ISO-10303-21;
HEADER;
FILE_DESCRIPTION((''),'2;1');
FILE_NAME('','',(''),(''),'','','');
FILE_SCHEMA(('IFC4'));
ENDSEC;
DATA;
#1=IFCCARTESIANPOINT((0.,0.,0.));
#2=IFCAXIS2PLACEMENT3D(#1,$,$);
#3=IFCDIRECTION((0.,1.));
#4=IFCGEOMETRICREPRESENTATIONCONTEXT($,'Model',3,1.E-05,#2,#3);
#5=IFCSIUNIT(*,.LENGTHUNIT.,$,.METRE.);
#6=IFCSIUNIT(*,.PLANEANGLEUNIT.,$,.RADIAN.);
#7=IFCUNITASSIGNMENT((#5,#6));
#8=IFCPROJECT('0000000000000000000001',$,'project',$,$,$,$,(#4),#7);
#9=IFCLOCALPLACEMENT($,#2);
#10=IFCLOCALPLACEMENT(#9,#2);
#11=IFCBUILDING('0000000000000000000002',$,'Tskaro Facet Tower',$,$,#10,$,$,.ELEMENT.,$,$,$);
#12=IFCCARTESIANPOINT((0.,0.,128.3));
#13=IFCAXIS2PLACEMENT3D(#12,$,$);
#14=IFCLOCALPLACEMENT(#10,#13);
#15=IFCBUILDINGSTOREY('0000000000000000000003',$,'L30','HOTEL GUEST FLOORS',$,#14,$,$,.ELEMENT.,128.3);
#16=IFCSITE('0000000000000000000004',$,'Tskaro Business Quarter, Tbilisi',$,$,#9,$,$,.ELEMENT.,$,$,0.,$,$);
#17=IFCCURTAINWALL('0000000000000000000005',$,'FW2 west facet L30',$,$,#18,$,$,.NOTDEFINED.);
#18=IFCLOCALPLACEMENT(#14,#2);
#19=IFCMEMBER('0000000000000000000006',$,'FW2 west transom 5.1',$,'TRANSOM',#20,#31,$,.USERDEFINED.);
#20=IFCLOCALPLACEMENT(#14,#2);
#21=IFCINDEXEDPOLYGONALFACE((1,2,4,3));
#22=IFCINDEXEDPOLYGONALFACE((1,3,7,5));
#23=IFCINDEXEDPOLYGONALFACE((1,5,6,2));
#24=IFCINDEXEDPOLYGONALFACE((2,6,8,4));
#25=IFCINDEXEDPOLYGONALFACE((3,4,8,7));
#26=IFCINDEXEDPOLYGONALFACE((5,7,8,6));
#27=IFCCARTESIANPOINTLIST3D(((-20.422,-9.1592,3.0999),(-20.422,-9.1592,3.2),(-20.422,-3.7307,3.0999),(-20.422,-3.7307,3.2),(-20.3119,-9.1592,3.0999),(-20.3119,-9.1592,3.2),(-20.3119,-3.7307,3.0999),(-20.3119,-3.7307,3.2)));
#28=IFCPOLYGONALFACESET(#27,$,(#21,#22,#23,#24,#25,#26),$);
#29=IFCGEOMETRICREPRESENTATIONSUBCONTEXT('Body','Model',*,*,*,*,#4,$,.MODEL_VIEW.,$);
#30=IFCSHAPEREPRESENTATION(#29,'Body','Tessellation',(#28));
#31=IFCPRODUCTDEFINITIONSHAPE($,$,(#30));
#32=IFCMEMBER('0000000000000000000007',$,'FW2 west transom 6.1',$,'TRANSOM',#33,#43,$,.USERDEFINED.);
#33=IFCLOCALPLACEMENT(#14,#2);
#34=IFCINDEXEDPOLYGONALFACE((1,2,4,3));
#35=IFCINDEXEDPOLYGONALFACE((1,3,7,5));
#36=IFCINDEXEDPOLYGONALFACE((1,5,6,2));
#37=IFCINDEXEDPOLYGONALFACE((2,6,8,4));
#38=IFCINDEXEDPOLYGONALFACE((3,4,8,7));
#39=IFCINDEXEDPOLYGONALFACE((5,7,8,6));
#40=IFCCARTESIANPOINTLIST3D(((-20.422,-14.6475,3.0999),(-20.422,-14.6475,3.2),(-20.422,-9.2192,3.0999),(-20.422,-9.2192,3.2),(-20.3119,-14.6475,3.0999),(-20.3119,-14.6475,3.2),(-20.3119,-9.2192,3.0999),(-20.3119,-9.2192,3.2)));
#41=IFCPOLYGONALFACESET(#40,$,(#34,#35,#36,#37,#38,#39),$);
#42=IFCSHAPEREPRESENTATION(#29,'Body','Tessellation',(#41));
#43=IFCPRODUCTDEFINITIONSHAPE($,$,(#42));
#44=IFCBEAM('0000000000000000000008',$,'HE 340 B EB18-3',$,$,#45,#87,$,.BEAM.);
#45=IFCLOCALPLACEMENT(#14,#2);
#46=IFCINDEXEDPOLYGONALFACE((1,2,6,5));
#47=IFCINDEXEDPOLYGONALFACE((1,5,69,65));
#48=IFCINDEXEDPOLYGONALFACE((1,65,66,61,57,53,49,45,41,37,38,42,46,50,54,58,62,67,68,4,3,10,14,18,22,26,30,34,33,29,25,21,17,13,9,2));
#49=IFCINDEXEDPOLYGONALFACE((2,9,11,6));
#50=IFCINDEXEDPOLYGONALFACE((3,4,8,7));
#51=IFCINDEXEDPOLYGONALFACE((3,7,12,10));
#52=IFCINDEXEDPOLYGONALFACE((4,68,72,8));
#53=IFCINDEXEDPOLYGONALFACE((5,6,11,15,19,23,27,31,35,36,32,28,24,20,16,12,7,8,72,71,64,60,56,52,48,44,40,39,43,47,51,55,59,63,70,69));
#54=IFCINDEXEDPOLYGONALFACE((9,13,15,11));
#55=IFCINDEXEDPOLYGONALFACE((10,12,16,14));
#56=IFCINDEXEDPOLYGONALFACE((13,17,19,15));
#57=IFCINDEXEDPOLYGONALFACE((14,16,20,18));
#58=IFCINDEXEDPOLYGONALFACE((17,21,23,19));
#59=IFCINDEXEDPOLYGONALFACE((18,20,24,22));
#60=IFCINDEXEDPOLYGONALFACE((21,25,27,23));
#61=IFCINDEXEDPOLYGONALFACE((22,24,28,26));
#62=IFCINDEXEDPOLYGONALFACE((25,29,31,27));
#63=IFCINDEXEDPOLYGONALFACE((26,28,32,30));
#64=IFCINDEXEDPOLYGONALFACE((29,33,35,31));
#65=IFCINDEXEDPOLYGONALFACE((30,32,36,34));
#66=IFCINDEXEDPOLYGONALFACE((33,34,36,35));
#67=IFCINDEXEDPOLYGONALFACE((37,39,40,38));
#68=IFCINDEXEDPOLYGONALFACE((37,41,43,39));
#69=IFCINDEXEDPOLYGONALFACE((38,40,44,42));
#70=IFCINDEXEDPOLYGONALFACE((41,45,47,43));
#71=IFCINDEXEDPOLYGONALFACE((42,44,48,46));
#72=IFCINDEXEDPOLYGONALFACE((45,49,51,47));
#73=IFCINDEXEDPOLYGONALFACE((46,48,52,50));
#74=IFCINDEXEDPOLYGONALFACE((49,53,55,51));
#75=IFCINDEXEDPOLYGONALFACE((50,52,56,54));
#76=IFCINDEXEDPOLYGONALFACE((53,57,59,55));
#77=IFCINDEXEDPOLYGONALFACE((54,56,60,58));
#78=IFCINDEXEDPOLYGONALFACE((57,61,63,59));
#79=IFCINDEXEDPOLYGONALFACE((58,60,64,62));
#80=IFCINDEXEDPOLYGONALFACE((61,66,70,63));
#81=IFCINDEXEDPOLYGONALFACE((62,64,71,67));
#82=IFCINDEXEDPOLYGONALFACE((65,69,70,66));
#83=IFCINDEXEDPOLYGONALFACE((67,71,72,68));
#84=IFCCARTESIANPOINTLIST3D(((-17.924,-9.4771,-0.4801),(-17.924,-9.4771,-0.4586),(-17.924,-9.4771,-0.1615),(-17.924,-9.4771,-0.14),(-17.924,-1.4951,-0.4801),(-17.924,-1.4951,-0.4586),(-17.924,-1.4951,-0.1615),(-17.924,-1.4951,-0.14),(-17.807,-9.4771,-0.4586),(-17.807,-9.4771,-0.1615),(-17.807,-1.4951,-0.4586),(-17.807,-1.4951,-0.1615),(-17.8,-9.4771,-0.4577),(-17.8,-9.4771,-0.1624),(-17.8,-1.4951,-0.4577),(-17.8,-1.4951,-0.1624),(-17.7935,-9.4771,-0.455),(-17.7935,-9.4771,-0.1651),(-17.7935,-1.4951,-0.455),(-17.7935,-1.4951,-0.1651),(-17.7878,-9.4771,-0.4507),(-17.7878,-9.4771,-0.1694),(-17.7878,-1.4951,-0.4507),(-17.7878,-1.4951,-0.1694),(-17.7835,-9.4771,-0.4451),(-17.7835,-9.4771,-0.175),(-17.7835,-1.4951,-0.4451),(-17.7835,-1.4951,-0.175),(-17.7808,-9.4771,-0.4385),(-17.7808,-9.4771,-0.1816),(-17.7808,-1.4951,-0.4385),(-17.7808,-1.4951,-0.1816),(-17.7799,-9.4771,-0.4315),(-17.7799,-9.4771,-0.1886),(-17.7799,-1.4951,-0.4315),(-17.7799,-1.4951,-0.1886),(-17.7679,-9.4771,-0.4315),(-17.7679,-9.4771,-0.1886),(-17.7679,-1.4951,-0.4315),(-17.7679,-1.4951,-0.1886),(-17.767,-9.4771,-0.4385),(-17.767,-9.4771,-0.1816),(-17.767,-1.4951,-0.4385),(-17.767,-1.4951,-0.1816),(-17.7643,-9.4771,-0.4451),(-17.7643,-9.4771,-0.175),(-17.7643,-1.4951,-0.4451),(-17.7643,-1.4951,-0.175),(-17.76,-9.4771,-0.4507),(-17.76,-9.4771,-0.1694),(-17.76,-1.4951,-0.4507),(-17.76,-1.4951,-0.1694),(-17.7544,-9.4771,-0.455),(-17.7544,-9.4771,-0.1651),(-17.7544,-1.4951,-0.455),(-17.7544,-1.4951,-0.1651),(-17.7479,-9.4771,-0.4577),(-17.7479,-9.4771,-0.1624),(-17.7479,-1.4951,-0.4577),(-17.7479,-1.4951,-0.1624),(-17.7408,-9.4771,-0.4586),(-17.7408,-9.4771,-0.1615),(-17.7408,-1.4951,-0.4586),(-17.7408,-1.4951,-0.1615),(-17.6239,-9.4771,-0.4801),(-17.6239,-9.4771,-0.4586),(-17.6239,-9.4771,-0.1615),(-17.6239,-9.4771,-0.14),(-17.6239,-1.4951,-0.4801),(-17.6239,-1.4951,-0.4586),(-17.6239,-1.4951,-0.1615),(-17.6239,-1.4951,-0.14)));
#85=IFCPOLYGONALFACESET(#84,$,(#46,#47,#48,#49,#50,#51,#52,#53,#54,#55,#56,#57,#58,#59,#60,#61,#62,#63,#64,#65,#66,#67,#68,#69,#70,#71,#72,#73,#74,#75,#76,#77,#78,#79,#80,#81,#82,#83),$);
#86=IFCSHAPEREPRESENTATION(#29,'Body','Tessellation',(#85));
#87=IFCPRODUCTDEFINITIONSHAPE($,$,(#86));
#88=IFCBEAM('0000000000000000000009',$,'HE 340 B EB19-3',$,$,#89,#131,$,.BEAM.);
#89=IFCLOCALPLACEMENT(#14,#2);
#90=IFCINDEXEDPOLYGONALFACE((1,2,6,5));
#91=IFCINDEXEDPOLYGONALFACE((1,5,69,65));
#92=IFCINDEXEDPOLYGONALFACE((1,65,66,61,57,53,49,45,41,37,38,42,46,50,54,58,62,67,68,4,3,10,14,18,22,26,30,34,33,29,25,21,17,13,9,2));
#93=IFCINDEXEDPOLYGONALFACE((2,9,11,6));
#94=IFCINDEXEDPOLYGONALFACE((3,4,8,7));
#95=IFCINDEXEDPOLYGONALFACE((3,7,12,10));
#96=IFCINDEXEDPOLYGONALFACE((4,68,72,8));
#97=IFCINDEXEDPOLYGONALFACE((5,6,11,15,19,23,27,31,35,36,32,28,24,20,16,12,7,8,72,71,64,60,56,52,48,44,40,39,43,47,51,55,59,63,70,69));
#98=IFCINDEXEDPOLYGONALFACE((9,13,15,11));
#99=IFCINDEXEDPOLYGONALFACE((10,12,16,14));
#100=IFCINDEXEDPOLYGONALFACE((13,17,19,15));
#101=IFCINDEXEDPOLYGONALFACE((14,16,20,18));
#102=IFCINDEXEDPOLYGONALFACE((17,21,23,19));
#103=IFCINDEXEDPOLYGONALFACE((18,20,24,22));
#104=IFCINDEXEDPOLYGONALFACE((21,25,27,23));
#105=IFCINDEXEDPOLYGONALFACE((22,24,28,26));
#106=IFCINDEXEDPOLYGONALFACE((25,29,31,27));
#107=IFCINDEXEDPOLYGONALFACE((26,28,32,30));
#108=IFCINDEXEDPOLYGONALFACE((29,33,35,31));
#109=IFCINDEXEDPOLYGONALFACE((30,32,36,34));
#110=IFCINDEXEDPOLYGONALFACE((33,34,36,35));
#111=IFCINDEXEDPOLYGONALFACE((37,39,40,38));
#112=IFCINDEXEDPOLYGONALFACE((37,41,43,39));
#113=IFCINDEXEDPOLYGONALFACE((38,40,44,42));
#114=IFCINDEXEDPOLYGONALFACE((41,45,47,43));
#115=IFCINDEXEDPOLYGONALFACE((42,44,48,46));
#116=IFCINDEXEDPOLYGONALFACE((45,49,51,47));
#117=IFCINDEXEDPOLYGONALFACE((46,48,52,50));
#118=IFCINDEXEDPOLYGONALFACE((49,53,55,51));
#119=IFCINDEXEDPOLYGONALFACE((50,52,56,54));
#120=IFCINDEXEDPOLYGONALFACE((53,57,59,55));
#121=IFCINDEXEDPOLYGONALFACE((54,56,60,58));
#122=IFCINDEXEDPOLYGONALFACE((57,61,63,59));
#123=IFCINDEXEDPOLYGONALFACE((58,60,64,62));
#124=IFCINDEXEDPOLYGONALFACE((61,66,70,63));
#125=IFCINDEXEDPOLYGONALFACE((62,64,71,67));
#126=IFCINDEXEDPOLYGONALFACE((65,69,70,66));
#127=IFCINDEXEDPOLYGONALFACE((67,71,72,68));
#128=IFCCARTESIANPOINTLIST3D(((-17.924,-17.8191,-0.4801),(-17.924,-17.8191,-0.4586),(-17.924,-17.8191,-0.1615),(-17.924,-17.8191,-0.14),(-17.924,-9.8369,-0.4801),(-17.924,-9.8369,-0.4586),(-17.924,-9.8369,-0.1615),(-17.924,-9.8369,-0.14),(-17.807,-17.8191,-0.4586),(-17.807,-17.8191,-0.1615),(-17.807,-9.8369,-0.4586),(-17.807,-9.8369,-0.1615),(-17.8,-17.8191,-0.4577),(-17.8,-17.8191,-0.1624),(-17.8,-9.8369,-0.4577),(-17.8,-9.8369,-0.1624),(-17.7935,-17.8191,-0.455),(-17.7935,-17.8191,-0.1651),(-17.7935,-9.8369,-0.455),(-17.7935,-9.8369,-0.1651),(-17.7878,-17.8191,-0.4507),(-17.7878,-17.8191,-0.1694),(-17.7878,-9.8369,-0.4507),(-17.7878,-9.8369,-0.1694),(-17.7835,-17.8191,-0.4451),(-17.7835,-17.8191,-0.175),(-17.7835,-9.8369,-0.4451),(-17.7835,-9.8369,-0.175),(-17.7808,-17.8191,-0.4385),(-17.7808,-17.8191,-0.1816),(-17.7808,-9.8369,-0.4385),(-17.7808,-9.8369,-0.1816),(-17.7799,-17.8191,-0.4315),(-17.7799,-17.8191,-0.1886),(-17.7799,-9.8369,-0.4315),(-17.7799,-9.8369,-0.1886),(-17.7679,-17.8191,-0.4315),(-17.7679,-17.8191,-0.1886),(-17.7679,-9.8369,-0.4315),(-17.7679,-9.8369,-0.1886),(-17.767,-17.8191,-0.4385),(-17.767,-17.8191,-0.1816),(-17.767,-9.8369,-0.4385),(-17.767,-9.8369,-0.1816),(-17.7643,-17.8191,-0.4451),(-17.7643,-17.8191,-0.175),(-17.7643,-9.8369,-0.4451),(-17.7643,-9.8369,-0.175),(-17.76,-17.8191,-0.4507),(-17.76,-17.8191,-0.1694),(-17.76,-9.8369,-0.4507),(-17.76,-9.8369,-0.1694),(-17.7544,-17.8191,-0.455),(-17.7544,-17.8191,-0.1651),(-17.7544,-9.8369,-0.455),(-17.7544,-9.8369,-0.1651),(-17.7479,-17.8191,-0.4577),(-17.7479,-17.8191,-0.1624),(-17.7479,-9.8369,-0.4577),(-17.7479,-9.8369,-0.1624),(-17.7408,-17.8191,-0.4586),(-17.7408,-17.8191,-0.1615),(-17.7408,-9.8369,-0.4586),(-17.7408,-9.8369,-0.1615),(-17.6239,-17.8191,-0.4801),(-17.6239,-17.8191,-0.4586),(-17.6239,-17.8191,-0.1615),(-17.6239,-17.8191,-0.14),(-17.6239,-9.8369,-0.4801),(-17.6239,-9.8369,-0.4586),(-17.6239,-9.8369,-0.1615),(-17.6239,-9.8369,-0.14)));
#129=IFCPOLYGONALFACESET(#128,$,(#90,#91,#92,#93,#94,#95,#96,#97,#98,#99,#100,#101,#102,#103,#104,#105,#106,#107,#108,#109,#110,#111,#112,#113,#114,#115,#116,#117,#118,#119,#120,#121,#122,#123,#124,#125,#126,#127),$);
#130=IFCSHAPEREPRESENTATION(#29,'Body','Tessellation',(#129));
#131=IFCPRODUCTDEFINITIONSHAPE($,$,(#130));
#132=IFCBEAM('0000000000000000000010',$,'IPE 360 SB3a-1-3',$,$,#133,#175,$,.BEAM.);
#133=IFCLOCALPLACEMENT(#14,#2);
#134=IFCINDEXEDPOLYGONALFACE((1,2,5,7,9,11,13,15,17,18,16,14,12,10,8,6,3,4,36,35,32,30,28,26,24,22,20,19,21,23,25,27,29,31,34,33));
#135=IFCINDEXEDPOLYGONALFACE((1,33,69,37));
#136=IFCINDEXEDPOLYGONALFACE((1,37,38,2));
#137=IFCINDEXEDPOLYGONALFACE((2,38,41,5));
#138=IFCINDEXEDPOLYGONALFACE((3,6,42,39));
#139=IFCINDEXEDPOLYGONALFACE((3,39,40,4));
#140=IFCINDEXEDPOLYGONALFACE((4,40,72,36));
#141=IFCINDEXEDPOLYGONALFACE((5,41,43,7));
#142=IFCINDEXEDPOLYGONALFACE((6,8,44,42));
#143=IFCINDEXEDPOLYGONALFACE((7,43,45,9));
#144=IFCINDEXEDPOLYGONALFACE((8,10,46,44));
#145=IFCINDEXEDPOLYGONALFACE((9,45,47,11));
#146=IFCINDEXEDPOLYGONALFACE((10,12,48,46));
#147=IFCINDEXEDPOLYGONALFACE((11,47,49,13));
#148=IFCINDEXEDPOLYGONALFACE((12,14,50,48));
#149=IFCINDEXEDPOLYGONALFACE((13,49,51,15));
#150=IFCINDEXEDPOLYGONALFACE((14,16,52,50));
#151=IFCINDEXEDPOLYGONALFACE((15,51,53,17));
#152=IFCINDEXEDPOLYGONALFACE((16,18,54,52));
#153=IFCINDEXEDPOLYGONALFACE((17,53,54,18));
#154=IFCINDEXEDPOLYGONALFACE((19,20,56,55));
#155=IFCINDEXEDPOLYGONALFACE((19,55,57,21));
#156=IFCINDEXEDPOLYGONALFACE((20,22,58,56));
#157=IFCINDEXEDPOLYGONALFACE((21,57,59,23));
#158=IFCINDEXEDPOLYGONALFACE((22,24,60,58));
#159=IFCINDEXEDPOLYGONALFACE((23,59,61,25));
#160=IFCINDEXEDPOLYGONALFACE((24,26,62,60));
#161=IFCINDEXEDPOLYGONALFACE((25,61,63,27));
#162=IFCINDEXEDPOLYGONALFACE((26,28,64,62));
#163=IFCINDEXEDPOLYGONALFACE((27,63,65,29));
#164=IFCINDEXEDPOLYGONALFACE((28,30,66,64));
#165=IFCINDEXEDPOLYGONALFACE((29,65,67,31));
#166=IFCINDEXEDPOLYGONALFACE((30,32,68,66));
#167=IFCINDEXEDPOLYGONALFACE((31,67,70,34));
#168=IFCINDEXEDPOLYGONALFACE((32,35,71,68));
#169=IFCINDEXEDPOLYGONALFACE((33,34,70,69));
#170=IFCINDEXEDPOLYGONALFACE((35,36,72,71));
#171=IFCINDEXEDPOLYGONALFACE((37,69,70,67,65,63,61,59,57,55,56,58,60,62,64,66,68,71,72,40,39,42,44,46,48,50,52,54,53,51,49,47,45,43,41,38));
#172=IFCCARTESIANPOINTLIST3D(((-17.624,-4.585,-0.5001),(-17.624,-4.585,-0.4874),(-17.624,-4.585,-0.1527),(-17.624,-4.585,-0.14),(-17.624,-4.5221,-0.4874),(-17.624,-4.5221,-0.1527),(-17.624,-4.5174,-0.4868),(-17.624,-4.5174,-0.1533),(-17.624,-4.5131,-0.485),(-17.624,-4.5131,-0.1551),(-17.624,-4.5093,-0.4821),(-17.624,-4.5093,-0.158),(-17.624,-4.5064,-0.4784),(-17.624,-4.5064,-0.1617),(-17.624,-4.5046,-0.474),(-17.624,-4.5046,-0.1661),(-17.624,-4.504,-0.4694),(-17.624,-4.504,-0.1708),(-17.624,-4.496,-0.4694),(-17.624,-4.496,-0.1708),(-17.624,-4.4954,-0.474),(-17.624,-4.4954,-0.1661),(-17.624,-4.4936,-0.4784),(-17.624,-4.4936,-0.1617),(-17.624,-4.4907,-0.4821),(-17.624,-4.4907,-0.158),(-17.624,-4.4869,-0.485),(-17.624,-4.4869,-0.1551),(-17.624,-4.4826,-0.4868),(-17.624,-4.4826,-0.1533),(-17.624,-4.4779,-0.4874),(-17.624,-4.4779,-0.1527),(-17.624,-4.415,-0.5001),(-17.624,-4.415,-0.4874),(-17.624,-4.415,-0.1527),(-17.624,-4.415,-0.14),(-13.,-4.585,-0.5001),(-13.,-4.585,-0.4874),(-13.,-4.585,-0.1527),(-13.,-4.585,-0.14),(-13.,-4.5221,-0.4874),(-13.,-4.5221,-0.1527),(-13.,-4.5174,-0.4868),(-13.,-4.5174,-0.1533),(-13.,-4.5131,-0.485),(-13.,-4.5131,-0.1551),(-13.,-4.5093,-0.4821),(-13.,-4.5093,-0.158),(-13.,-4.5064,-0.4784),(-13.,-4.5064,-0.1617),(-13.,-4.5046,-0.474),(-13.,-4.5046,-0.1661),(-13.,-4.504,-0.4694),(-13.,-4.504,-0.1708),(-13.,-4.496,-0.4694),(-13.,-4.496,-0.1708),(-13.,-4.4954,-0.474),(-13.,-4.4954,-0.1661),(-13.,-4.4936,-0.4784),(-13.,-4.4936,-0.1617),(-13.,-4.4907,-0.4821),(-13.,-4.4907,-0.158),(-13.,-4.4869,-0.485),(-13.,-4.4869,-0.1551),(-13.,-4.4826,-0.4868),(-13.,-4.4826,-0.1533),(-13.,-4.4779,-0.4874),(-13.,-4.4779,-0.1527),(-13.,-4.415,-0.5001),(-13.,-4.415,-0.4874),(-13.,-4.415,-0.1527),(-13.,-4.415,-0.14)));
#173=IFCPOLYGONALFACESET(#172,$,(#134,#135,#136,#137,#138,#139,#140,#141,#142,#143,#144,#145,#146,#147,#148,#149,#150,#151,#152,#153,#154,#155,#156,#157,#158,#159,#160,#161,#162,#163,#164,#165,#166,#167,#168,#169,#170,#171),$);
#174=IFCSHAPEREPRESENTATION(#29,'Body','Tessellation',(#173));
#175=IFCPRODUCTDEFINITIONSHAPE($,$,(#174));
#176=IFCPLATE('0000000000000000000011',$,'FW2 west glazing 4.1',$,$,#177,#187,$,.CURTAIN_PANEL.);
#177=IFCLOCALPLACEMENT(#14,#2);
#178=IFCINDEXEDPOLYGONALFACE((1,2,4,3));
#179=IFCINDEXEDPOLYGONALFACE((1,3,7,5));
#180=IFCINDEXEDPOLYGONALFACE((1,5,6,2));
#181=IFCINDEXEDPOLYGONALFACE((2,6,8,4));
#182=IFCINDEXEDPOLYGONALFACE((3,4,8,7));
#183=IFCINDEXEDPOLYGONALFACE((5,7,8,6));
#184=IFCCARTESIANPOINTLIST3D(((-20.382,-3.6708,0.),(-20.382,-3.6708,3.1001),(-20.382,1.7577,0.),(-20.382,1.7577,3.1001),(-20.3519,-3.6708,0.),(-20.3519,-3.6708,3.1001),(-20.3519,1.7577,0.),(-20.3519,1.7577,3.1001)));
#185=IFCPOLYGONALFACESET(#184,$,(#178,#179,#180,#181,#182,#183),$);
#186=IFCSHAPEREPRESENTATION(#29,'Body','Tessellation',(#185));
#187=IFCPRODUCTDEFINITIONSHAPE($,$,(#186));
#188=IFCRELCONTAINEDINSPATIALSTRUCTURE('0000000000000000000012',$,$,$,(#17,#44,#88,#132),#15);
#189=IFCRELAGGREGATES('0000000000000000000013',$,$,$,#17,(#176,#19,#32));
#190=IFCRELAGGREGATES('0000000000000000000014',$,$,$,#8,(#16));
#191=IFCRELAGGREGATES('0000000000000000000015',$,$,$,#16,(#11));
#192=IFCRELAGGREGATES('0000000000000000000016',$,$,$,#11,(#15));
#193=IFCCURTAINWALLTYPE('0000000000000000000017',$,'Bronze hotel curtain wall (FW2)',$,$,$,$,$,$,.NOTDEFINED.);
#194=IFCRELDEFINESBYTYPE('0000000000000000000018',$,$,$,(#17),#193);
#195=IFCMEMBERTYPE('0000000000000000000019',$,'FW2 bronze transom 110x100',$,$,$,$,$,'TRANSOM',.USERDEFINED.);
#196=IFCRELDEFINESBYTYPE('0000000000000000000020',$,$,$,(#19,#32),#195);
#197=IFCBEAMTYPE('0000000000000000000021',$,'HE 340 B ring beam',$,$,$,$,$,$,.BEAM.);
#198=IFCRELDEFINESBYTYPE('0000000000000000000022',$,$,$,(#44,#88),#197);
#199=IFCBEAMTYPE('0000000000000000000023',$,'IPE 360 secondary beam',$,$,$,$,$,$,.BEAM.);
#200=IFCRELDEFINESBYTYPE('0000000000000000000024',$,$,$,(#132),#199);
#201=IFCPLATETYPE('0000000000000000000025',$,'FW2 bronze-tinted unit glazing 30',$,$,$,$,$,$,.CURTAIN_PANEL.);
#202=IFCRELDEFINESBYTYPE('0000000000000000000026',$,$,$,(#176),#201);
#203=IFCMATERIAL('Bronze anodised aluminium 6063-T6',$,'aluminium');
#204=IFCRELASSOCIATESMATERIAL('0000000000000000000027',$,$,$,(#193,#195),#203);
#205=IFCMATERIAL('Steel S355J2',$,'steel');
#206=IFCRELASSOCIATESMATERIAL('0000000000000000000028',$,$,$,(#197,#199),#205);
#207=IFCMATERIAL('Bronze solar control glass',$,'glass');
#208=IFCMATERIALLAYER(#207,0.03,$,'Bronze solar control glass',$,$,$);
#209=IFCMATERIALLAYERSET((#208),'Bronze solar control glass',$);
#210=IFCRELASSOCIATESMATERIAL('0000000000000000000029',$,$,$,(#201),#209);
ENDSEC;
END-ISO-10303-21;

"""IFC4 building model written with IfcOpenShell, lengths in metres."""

from ifc_helpers import new_model, si_unit, direction, frame, origin, origin_2d, place, context, subcontext, project, spatial, rectangle, i_section, extrude, material, layer, layer_set, material_profile, profile_set, type_object, element, aggregate, save


model = new_model("IFC4")

# Units and contexts
model_context = context("Model", 3, precision=1e-05, world=origin(), true_north=direction((0.0, 1.0)))
body_context = subcontext(model_context, "Body", "Model", "MODEL_VIEW")
ifc_project = project(units=[si_unit("LENGTHUNIT", "METRE"), si_unit("PLANEANGLEUNIT", "RADIAN")], contexts=[model_context])

# Site, building, storey
site_placement = place(None, origin())
site = spatial("IfcSite", under=ifc_project, at=site_placement, Name="Tskaro Business Quarter, Tbilisi", CompositionType="ELEMENT", RefElevation=0.0)
building_placement = place(site_placement, origin())
building = spatial("IfcBuilding", under=site, at=building_placement, Name="Tskaro Facet Tower", CompositionType="ELEMENT")
storey_placement = place(building_placement, frame((0.0, 0.0, 128.3)))
storey = spatial("IfcBuildingStorey", under=building, at=storey_placement, Name="L30", Description="HOTEL GUEST FLOORS", CompositionType="ELEMENT", Elevation=128.3)

# Curtain wall, members
ifc_material_1 = material(Name="Bronze anodised aluminium 6063-T6", Category="aluminium")
curtain_wall_type = type_object("IfcCurtainWallType", Name="Bronze hotel curtain wall (FW2)", PredefinedType="NOTDEFINED", material=ifc_material_1)
curtain_wall_placement = place(storey_placement, origin())
curtain_wall = element("IfcCurtainWall", 1, at=curtain_wall_placement, inside=storey, type_object=curtain_wall_type, Name="FW2 west facet L30", PredefinedType="NOTDEFINED")
ifc_material_profile_1 = material_profile(ifc_material_1, rectangle(XDim=0.1101, YDim=0.1001, at=origin_2d()), Name="Transom 110x100")
ifc_profile_set_1 = profile_set([ifc_material_profile_1], Name="Bronze anodised aluminium 6063-T6")
member_type_1 = type_object("IfcMemberType", Name="FW2 bronze transom 110x100", ElementType="TRANSOM", PredefinedType="USERDEFINED", material=ifc_profile_set_1)
member_1_placement = place(storey_placement, frame((-20.3669, -3.7307, 3.1499), z_axis=(0.0, -1.0, 0.0), x_axis=(1.0, 0.0, 0.0)))
member_1 = element("IfcMember", 2, at=member_1_placement, type_object=member_type_1, Name="FW2 west transom 5.1", ObjectType="TRANSOM", PredefinedType="USERDEFINED", context=body_context, shape_type="SweptSolid", body=[
    extrude(rectangle(XDim=0.1101, YDim=0.1001, at=origin_2d()), origin(), (0.0, 0.0, 1.0), 5.4285),
])
member_2_placement = place(storey_placement, frame((-20.3669, -9.2192, 3.1499), z_axis=(0.0, -1.0, 0.0), x_axis=(1.0, 0.0, 0.0)))
member_2 = element("IfcMember", 3, at=member_2_placement, type_object=member_type_1, Name="FW2 west transom 6.1", ObjectType="TRANSOM", PredefinedType="USERDEFINED", context=body_context, shape_type="SweptSolid", body=[
    extrude(rectangle(XDim=0.1101, YDim=0.1001, at=origin_2d()), origin(), (0.0, 0.0, 1.0), 5.4282),
])

# Beams
ifc_material_2 = material(Name="Steel S355J2", Category="steel")
ifc_material_profile_2 = material_profile(ifc_material_2, i_section(OverallWidth=0.3, OverallDepth=0.3401, WebThickness=0.012, FlangeThickness=0.0215, FilletRadius=0.0271, at=origin_2d()), Name="HE 340 B")
ifc_profile_set_2 = profile_set([ifc_material_profile_2], Name="Steel S355J2")
beam_type_1 = type_object("IfcBeamType", Name="HE 340 B ring beam", PredefinedType="BEAM", material=ifc_profile_set_2)
beam_1_placement = place(storey_placement, frame((-17.7739, -1.4951, -0.3101), z_axis=(0.0, -1.0, 0.0), x_axis=(1.0, 0.0, 0.0)))
element("IfcBeam", 4, at=beam_1_placement, inside=storey, type_object=beam_type_1, Name="HE 340 B EB18-3", PredefinedType="BEAM", context=body_context, shape_type="SweptSolid", body=[
    extrude(i_section(OverallWidth=0.3, OverallDepth=0.3401, WebThickness=0.012, FlangeThickness=0.0215, FilletRadius=0.0271, at=origin_2d()), origin(), (0.0, 0.0, 1.0), 7.9819),
])
beam_2_placement = place(storey_placement, frame((-17.7739, -9.8369, -0.3101), z_axis=(0.0, -1.0, 0.0), x_axis=(1.0, 0.0, 0.0)))
element("IfcBeam", 5, at=beam_2_placement, inside=storey, type_object=beam_type_1, Name="HE 340 B EB19-3", PredefinedType="BEAM", context=body_context, shape_type="SweptSolid", body=[
    extrude(i_section(OverallWidth=0.3, OverallDepth=0.3401, WebThickness=0.012, FlangeThickness=0.0215, FilletRadius=0.0271, at=origin_2d()), origin(), (0.0, 0.0, 1.0), 7.9822),
])
ifc_material_profile_3 = material_profile(ifc_material_2, i_section(OverallWidth=0.1699, OverallDepth=0.3601, WebThickness=0.0081, FlangeThickness=0.0127, FilletRadius=0.0181, at=origin_2d()), Name="IPE 360")
ifc_profile_set_3 = profile_set([ifc_material_profile_3], Name="Steel S355J2")
beam_type_2 = type_object("IfcBeamType", Name="IPE 360 secondary beam", PredefinedType="BEAM", material=ifc_profile_set_3)
beam_3_placement = place(storey_placement, frame((-17.624, -4.5, -0.3201), z_axis=(1.0, 0.0, 0.0), x_axis=(0.0, 1.0, 0.0)))
element("IfcBeam", 6, at=beam_3_placement, inside=storey, type_object=beam_type_2, Name="IPE 360 SB3a-1-3", PredefinedType="BEAM", context=body_context, shape_type="SweptSolid", body=[
    extrude(i_section(OverallWidth=0.1699, OverallDepth=0.3601, WebThickness=0.0081, FlangeThickness=0.0127, FilletRadius=0.0181, at=origin_2d()), origin(), (0.0, 0.0, 1.0), 4.624),
])

# Plate
ifc_material_3 = material(Name="Bronze solar control glass", Category="glass")
ifc_layer_1 = layer(ifc_material_3, 0.03, Name="Bronze solar control glass")
ifc_layer_set_1 = layer_set([ifc_layer_1], Name="Bronze solar control glass")
plate_type = type_object("IfcPlateType", Name="FW2 bronze-tinted unit glazing 30", PredefinedType="CURTAIN_PANEL", material=ifc_layer_set_1)
plate_1_placement = place(storey_placement, frame((-20.3669, -0.9565, 0.0), z_axis=(0.0, 0.0, 1.0), x_axis=(0.0, -1.0, 0.0)))
plate_1 = element("IfcPlate", 7, at=plate_1_placement, type_object=plate_type, Name="FW2 west glazing 4.1", PredefinedType="CURTAIN_PANEL", context=body_context, shape_type="SweptSolid", body=[
    extrude(rectangle(XDim=5.4285, YDim=0.03, at=origin_2d()), origin(), (0.0, 0.0, 1.0), 3.1001),
])
aggregate(curtain_wall, [plate_1, member_1, member_2])

save(model, "model.ifc")
